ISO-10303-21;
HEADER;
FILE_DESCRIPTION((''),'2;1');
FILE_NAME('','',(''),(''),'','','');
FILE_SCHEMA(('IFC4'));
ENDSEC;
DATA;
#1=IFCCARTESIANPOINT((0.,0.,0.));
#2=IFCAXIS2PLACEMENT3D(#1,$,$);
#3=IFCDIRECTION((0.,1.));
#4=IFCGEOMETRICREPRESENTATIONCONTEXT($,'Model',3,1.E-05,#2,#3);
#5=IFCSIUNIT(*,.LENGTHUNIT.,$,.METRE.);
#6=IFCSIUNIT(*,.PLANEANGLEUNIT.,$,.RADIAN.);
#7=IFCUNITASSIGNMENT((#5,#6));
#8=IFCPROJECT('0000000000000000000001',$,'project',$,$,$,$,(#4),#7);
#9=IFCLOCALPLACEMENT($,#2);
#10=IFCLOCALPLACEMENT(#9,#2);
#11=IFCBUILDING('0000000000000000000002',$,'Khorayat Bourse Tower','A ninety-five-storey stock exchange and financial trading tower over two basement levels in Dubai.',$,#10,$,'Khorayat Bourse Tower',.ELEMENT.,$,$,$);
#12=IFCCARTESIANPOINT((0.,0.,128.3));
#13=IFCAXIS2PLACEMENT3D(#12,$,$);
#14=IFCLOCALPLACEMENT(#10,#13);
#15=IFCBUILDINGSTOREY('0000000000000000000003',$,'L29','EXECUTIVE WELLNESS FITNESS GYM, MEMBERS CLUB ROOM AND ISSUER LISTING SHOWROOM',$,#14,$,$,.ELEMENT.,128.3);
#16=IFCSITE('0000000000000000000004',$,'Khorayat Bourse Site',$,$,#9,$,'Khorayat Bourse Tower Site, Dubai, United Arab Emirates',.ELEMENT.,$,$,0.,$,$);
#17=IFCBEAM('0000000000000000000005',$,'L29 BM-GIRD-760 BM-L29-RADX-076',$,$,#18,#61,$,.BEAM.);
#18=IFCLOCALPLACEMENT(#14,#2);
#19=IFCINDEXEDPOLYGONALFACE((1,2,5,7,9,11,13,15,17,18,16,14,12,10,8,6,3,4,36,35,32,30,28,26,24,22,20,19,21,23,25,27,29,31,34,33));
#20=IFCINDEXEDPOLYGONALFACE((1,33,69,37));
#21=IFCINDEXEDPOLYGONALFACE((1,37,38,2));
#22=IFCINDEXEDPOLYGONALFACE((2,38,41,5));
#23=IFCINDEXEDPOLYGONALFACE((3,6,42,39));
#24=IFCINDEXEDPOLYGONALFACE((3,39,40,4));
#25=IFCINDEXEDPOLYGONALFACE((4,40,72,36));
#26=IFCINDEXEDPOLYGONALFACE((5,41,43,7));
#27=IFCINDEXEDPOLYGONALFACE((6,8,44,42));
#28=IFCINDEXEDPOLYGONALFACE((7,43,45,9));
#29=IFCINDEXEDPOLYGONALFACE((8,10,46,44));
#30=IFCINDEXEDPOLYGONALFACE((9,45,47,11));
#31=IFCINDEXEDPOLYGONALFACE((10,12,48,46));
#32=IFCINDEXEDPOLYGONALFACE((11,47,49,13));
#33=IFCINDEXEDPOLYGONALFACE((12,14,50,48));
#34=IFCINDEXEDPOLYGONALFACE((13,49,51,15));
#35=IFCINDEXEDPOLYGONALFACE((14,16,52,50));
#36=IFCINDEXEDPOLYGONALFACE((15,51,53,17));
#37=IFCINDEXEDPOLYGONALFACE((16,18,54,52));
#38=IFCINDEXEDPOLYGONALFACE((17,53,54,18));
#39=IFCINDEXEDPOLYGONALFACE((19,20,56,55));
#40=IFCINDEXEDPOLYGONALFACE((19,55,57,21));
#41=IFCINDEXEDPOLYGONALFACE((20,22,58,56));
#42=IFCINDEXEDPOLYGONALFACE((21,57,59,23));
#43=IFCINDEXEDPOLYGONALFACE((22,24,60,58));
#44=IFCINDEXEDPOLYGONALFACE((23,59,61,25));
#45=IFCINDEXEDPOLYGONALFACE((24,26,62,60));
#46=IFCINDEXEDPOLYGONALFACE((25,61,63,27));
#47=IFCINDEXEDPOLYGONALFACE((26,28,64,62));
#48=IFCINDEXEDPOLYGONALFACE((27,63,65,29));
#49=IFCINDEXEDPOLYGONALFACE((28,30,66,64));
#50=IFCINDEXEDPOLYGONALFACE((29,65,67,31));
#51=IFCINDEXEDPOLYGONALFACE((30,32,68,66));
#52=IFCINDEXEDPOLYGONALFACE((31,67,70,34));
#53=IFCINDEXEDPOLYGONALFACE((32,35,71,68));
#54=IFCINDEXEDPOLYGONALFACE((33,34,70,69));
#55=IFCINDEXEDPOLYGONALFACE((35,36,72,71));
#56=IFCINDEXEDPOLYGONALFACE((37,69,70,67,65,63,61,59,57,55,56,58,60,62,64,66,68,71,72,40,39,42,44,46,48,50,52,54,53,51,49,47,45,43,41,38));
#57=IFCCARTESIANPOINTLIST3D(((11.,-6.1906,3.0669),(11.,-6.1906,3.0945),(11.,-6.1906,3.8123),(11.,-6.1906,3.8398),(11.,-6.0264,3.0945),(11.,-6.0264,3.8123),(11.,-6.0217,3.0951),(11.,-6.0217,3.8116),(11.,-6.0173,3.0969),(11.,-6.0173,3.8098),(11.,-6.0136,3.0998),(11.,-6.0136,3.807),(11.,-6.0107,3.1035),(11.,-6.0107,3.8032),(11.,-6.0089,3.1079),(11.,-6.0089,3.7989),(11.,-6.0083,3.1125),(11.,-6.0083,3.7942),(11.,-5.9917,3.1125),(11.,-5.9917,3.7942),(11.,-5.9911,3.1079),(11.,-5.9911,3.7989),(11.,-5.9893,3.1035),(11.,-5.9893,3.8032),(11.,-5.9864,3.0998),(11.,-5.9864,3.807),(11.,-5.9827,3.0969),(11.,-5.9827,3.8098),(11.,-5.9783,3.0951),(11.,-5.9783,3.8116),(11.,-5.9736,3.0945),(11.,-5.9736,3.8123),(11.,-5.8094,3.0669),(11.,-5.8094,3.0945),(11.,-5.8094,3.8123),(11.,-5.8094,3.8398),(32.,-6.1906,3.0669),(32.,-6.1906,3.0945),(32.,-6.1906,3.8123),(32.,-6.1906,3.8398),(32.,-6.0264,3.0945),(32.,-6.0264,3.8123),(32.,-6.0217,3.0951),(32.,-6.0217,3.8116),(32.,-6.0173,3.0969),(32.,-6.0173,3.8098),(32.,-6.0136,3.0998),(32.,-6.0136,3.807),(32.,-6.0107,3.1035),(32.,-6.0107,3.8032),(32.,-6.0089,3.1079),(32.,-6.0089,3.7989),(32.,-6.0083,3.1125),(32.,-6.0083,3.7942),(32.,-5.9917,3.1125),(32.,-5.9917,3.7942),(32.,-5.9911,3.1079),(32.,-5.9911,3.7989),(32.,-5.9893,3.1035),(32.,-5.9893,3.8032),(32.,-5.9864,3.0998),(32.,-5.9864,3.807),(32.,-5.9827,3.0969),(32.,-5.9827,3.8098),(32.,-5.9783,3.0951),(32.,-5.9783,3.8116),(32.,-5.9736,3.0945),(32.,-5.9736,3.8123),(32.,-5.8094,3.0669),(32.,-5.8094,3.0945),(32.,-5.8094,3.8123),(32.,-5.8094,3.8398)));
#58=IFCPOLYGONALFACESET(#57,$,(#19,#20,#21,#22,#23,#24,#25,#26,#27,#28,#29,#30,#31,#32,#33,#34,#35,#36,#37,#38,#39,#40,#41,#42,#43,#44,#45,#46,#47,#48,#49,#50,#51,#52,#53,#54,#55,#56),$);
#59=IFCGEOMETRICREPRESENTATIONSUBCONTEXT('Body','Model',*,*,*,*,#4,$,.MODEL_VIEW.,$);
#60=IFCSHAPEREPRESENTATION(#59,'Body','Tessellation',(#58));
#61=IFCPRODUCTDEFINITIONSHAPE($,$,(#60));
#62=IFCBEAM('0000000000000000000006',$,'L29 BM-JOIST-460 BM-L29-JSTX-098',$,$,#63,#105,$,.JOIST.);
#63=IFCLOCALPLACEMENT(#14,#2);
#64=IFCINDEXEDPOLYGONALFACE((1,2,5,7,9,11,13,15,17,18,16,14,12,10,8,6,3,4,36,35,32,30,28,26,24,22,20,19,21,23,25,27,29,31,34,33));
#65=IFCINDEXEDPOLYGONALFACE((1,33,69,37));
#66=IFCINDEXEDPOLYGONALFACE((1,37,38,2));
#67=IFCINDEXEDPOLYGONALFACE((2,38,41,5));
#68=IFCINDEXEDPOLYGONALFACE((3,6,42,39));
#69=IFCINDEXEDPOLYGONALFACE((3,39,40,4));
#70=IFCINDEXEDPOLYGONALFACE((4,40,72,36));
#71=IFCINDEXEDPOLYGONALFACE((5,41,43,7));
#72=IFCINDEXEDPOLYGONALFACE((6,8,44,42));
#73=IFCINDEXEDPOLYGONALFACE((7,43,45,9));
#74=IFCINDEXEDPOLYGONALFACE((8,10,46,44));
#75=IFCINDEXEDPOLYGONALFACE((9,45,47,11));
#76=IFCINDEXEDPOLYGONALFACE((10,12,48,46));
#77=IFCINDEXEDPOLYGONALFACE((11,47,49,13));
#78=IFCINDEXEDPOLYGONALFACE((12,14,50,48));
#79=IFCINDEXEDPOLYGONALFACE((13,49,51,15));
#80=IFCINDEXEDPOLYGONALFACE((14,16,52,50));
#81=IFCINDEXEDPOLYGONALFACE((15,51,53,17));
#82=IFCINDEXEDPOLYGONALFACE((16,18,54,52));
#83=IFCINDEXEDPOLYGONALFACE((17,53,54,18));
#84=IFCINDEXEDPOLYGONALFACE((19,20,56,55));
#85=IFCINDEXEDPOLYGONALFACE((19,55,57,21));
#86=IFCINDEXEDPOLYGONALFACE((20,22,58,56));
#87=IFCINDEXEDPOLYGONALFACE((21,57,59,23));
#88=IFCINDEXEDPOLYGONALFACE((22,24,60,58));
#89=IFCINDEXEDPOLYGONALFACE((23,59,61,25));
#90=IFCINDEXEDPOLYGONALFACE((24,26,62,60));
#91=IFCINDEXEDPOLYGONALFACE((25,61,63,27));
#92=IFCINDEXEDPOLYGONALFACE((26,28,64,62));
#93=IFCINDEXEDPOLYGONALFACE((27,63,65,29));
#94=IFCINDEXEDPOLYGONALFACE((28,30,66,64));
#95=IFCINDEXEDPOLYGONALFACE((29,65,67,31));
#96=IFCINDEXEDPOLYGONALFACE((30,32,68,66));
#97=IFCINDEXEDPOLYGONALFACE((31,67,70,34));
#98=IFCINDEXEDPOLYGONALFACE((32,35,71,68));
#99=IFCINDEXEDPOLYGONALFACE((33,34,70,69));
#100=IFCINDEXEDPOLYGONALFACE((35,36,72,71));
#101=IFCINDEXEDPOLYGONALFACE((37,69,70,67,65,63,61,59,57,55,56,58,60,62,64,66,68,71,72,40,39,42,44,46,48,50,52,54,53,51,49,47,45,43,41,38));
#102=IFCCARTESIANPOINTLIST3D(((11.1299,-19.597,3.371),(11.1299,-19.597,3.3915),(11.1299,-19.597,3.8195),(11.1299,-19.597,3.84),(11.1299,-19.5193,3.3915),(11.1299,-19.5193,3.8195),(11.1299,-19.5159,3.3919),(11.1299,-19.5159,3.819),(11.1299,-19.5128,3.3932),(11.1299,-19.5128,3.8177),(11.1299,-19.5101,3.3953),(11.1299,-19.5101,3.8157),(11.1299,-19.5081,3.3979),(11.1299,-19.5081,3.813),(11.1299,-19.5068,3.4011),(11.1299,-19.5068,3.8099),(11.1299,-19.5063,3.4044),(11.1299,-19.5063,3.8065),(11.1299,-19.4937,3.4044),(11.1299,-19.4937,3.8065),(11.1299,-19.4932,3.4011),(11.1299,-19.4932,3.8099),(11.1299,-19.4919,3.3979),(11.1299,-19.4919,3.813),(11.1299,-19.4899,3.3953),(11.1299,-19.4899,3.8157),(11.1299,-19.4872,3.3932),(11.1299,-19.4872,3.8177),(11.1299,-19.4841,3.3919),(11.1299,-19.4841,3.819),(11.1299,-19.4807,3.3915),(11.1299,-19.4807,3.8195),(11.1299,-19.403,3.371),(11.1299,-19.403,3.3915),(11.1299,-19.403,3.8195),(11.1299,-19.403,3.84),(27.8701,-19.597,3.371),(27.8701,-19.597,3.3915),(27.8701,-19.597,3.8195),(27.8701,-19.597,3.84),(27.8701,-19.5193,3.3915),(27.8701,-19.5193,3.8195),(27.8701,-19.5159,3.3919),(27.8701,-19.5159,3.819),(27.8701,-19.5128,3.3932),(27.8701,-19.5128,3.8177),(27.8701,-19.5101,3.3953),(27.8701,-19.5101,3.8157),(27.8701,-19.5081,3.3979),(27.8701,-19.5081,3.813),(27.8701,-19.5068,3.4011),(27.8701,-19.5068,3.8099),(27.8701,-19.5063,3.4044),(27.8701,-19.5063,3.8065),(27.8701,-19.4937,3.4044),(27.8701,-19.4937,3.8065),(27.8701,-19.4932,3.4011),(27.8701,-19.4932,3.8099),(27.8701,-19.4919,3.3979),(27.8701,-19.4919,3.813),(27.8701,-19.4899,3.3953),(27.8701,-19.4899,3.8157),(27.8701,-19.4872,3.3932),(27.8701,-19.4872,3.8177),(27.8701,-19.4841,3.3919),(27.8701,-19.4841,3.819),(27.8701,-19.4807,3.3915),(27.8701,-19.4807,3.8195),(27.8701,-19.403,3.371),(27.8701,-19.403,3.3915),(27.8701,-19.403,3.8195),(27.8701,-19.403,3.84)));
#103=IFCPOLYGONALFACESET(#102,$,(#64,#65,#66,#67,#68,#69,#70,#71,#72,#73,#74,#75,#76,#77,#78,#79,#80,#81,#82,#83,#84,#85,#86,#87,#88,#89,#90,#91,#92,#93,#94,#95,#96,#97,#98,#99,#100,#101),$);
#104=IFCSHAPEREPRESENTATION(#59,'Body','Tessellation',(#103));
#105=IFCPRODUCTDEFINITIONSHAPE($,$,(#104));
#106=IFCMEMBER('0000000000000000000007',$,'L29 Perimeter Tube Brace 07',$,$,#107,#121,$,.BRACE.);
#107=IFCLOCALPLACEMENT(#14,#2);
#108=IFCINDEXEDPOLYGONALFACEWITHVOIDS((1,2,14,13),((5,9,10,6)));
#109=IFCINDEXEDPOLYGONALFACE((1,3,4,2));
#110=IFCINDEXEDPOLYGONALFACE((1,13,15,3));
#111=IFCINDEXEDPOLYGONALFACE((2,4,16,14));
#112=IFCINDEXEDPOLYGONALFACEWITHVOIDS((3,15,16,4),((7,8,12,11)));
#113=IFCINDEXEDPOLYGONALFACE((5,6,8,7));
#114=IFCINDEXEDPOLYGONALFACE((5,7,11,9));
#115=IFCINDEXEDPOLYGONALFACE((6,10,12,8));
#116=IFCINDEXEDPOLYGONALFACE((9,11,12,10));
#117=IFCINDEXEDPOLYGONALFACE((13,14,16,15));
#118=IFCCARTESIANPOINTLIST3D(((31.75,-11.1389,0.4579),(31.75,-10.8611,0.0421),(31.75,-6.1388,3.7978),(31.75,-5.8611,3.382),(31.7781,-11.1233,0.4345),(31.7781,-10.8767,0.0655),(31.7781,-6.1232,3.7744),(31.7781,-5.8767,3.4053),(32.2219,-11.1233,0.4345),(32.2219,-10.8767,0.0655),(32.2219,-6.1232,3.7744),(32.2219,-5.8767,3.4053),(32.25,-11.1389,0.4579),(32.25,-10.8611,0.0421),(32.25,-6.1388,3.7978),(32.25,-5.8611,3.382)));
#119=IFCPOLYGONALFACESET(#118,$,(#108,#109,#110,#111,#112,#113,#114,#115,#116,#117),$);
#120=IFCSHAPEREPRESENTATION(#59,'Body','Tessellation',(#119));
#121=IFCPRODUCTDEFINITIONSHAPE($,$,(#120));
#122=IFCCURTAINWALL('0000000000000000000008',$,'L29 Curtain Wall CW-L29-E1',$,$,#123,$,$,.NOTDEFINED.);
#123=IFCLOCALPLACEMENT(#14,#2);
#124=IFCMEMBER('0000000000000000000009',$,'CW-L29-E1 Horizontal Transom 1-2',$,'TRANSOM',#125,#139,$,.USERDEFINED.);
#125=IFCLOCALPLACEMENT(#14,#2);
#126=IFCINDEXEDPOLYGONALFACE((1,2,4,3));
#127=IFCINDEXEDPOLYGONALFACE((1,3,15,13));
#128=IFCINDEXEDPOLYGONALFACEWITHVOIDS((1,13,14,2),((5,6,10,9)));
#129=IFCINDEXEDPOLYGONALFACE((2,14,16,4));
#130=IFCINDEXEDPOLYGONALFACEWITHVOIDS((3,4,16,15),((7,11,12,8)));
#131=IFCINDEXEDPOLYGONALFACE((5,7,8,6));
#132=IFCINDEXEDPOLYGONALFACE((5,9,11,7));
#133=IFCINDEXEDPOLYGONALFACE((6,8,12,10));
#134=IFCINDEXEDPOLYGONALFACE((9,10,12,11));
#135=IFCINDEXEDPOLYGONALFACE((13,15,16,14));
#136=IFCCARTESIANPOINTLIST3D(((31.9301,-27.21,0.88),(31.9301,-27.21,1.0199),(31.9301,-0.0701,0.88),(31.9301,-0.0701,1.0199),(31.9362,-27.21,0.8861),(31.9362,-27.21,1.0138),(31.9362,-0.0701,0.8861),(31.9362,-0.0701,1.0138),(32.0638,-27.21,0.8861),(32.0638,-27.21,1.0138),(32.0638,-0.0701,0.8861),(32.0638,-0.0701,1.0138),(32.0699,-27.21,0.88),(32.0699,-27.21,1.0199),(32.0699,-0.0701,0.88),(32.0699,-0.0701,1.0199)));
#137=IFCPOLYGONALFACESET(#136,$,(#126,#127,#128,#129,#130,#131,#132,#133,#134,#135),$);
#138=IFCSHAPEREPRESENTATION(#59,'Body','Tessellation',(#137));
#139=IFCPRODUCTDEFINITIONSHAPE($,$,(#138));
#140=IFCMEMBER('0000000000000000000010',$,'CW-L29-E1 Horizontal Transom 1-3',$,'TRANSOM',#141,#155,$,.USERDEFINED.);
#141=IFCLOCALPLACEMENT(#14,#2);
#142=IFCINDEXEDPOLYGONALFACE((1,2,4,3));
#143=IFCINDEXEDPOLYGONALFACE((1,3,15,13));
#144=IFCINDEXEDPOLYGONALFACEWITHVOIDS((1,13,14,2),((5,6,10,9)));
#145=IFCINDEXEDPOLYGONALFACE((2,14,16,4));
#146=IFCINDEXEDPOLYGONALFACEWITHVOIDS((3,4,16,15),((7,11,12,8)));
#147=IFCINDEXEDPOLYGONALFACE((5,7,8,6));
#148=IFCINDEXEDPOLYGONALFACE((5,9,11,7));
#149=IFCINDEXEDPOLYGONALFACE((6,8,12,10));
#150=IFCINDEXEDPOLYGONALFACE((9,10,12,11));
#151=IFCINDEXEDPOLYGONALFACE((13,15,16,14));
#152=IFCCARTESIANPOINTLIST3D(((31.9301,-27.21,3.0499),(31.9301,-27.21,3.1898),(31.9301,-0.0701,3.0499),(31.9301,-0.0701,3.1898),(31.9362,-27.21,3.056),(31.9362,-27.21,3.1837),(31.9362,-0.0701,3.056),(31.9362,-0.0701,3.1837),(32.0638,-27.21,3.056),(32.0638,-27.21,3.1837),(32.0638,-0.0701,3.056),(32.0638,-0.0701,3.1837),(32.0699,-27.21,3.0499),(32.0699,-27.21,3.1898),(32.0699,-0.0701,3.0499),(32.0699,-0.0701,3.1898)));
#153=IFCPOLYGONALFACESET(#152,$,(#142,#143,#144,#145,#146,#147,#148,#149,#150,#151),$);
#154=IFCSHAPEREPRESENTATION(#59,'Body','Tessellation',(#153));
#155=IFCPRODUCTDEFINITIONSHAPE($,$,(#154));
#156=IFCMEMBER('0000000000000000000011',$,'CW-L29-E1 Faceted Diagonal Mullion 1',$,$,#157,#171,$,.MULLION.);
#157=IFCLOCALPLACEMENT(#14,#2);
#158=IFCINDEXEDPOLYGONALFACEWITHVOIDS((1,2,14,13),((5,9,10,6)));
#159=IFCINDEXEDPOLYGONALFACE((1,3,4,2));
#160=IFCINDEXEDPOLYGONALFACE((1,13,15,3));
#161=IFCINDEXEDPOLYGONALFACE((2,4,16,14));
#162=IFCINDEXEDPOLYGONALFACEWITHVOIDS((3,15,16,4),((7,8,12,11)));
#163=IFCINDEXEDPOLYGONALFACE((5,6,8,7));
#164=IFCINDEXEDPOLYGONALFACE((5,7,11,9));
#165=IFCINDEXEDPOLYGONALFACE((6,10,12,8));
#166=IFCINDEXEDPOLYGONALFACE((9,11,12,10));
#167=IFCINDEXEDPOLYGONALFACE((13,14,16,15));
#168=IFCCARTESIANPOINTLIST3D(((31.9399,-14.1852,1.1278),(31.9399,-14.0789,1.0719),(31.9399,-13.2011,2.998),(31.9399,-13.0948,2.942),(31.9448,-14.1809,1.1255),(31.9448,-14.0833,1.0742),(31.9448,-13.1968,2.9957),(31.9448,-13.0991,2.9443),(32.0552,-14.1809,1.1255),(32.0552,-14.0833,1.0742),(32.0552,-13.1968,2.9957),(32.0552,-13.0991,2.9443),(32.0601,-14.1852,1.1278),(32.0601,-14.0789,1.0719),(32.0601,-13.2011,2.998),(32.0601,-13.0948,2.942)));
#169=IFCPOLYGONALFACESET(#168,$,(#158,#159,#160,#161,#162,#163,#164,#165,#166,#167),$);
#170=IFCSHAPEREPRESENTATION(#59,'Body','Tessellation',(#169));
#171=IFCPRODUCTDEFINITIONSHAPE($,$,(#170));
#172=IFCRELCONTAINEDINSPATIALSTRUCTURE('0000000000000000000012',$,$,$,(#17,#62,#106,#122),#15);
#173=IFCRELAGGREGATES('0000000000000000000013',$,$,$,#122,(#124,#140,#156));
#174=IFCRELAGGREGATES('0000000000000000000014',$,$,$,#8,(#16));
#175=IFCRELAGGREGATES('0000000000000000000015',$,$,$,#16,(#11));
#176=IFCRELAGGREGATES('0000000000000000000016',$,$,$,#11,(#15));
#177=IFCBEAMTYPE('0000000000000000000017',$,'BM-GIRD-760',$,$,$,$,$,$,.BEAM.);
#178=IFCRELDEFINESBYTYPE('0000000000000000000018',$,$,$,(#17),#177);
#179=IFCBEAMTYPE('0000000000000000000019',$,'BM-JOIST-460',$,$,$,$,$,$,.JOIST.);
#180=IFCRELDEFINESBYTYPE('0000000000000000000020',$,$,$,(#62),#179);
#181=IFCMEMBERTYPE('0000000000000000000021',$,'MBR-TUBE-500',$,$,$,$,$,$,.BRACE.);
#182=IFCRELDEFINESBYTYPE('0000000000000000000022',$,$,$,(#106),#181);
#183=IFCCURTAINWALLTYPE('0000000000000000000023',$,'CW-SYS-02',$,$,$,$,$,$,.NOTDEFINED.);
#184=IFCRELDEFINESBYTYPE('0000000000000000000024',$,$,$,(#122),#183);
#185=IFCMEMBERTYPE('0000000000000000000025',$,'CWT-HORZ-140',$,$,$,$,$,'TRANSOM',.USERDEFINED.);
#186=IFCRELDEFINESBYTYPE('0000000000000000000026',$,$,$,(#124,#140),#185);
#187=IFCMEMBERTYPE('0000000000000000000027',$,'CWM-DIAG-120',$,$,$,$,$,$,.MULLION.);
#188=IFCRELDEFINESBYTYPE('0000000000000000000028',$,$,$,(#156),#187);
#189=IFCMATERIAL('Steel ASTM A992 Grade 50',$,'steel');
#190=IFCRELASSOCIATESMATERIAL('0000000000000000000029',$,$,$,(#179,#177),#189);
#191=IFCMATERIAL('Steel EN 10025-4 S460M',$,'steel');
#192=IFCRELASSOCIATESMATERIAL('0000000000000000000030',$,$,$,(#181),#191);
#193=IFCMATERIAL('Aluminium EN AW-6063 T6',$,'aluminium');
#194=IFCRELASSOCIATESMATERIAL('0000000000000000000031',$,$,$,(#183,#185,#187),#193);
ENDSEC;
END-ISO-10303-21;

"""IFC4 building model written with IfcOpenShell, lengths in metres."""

from ifc_helpers import new_model, si_unit, direction, frame, origin, origin_2d, place, context, subcontext, project, spatial, hollow_rectangle, i_section, extrude, source, transform, mapped, material, material_profile, profile_set, type_object, element, aggregate, save


model = new_model("IFC4")

# Units and contexts
model_context = context("Model", 3, precision=1e-05, world=origin(), true_north=direction((0.0, 1.0)))
body_context = subcontext(model_context, "Body", "Model", "MODEL_VIEW")
ifc_project = project(units=[si_unit("LENGTHUNIT", "METRE"), si_unit("PLANEANGLEUNIT", "RADIAN")], contexts=[model_context])

# Site, building, storey
site_placement = place(None, origin())
site = spatial("IfcSite", under=ifc_project, at=site_placement, Name="Khorayat Bourse Site", LongName="Khorayat Bourse Tower Site, Dubai, United Arab Emirates", CompositionType="ELEMENT", RefElevation=0.0)
building_placement = place(site_placement, origin())
building = spatial("IfcBuilding", under=site, at=building_placement, Name="Khorayat Bourse Tower", Description="A ninety-five-storey stock exchange and financial trading tower over two basement levels in Dubai.", LongName="Khorayat Bourse Tower", CompositionType="ELEMENT")
storey_placement = place(building_placement, frame((0.0, 0.0, 128.3)))
storey = spatial("IfcBuildingStorey", under=building, at=storey_placement, Name="L29", Description="EXECUTIVE WELLNESS FITNESS GYM, MEMBERS CLUB ROOM AND ISSUER LISTING SHOWROOM", CompositionType="ELEMENT", Elevation=128.3)

# Shared definitions
ifc_material_1 = material(Name="Steel EN 10025-4 S460M", Category="steel")

# Beams
ifc_material_2 = material(Name="Steel ASTM A992 Grade 50", Category="steel")
ifc_material_profile_1 = material_profile(ifc_material_2, i_section(OverallWidth=0.1941, OverallDepth=0.469, WebThickness=0.0127, FlangeThickness=0.0205, FilletRadius=0.0129, at=origin_2d()), Name="W460X106")
ifc_profile_set_1 = profile_set([ifc_material_profile_1], Name="Steel ASTM A992 Grade 50")
beam_type_1 = type_object("IfcBeamType", Name="BM-JOIST-460", PredefinedType="JOIST", material=ifc_profile_set_1)
ifc_material_profile_2 = material_profile(ifc_material_2, i_section(OverallWidth=0.3811, OverallDepth=0.7729, WebThickness=0.0166, FlangeThickness=0.0276, FilletRadius=0.0181, at=origin_2d()), Name="W760X257")
ifc_profile_set_2 = profile_set([ifc_material_profile_2], Name="Steel ASTM A992 Grade 50")
beam_type_2 = type_object("IfcBeamType", Name="BM-GIRD-760", PredefinedType="BEAM", material=ifc_profile_set_2)
shared_shape_1 = source(origin(), body_context, "Body", "SweptSolid", [
    extrude(i_section(OverallWidth=0.3811, OverallDepth=0.7729, WebThickness=0.0166, FlangeThickness=0.0276, FilletRadius=0.0181, at=origin_2d()), origin(), (0.0, 0.0, 1.0), 21.0),
])
beam_1_placement = place(storey_placement, frame((11.0, -6.0, 3.4534), z_axis=(1.0, 0.0, 0.0), x_axis=(0.0, 1.0, 0.0)))
element("IfcBeam", 1, at=beam_1_placement, inside=storey, type_object=beam_type_2, Name="L29 BM-GIRD-760 BM-L29-RADX-076", PredefinedType="BEAM", context=body_context, shape_type="MappedRepresentation", body=[
    mapped(shared_shape_1, transform((0.0, 0.0, 0.0), scale=1.0)),
])
shared_shape_2 = source(origin(), body_context, "Body", "SweptSolid", [
    extrude(i_section(OverallWidth=0.1941, OverallDepth=0.469, WebThickness=0.0127, FlangeThickness=0.0205, FilletRadius=0.0129, at=origin_2d()), origin(), (0.0, 0.0, 1.0), 16.7402),
])
beam_2_placement = place(storey_placement, frame((11.1299, -19.5, 3.6055), z_axis=(1.0, 0.0, 0.0), x_axis=(0.0, 1.0, 0.0)))
element("IfcBeam", 2, at=beam_2_placement, inside=storey, type_object=beam_type_1, Name="L29 BM-JOIST-460 BM-L29-JSTX-098", PredefinedType="JOIST", context=body_context, shape_type="MappedRepresentation", body=[
    mapped(shared_shape_2, transform((0.0, 0.0, 0.0), scale=1.0)),
])

# Member
ifc_material_profile_3 = material_profile(ifc_material_1, hollow_rectangle(XDim=0.5, YDim=0.5, WallThickness=0.0281, at=origin_2d()), Name="HSS 500x500x28")
ifc_profile_set_3 = profile_set([ifc_material_profile_3], Name="Steel EN 10025-4 S460M")
member_type_1 = type_object("IfcMemberType", Name="MBR-TUBE-500", PredefinedType="BRACE", material=ifc_profile_set_3)
shared_shape_3 = source(origin(), body_context, "Body", "SweptSolid", [
    extrude(hollow_rectangle(XDim=0.5, YDim=0.5, WallThickness=0.0281, at=origin_2d()), origin(), (0.0, 0.0, 1.0), 6.0129),
])
member_1_placement = place(storey_placement, frame((32.0, -11.0, 0.25), z_axis=(0.0, 0.83155, 0.55545), x_axis=(-1.0, 0.0, 0.0)))
element("IfcMember", 3, at=member_1_placement, inside=storey, type_object=member_type_1, Name="L29 Perimeter Tube Brace 07", PredefinedType="BRACE", context=body_context, shape_type="MappedRepresentation", body=[
    mapped(shared_shape_3, transform((0.0, 0.0, 0.0), scale=1.0)),
])

# Curtain wall, members
ifc_material_3 = material(Name="Aluminium EN AW-6063 T6", Category="aluminium")
curtain_wall_type = type_object("IfcCurtainWallType", Name="CW-SYS-02", PredefinedType="NOTDEFINED", material=ifc_material_3)
curtain_wall_placement = place(storey_placement, origin())
curtain_wall = element("IfcCurtainWall", 4, at=curtain_wall_placement, inside=storey, type_object=curtain_wall_type, Name="L29 Curtain Wall CW-L29-E1", PredefinedType="NOTDEFINED")
ifc_material_profile_4 = material_profile(ifc_material_3, hollow_rectangle(XDim=0.1399, YDim=0.1399, WallThickness=0.0061, at=origin_2d()), Name="ALU 140x140x6")
ifc_profile_set_4 = profile_set([ifc_material_profile_4], Name="Aluminium EN AW-6063 T6")
member_type_2 = type_object("IfcMemberType", Name="CWT-HORZ-140", ElementType="TRANSOM", PredefinedType="USERDEFINED", material=ifc_profile_set_4)
shared_shape_4 = source(origin(), body_context, "Body", "SweptSolid", [
    extrude(hollow_rectangle(XDim=0.1399, YDim=0.1399, WallThickness=0.0061, at=origin_2d()), origin(), (0.0, 0.0, 1.0), 27.1399),
])
member_2_placement = place(storey_placement, frame((32.0, -27.21, 0.95), z_axis=(0.0, 1.0, 0.0), x_axis=(-1.0, 0.0, 0.0)))
member_2 = element("IfcMember", 5, at=member_2_placement, type_object=member_type_2, Name="CW-L29-E1 Horizontal Transom 1-2", ObjectType="TRANSOM", PredefinedType="USERDEFINED", context=body_context, shape_type="MappedRepresentation", body=[
    mapped(shared_shape_4, transform((0.0, 0.0, 0.0), scale=1.0)),
])
member_3_placement = place(storey_placement, frame((32.0, -27.21, 3.1199), z_axis=(0.0, 1.0, 0.0), x_axis=(-1.0, 0.0, 0.0)))
member_3 = element("IfcMember", 6, at=member_3_placement, type_object=member_type_2, Name="CW-L29-E1 Horizontal Transom 1-3", ObjectType="TRANSOM", PredefinedType="USERDEFINED", context=body_context, shape_type="MappedRepresentation", body=[
    mapped(shared_shape_4, transform((0.0, 0.0, 0.0), scale=1.0)),
])
ifc_material_profile_5 = material_profile(ifc_material_3, hollow_rectangle(XDim=0.1201, YDim=0.1201, WallThickness=0.0049, at=origin_2d()), Name="ALU 120x120x5")
ifc_profile_set_5 = profile_set([ifc_material_profile_5], Name="Aluminium EN AW-6063 T6")
member_type_3 = type_object("IfcMemberType", Name="CWM-DIAG-120", PredefinedType="MULLION", material=ifc_profile_set_5)
shared_shape_5 = source(origin(), body_context, "Body", "SweptSolid", [
    extrude(hollow_rectangle(XDim=0.1201, YDim=0.1201, WallThickness=0.0049, at=origin_2d()), origin(), (0.0, 0.0, 1.0), 2.1133),
])
member_4_placement = place(storey_placement, frame((32.0, -14.1321, 1.0999), z_axis=(0.0, 0.465694, 0.884946), x_axis=(-1.0, 0.0, 0.0)))
member_4 = element("IfcMember", 7, at=member_4_placement, type_object=member_type_3, Name="CW-L29-E1 Faceted Diagonal Mullion 1", PredefinedType="MULLION", context=body_context, shape_type="MappedRepresentation", body=[
    mapped(shared_shape_5, transform((0.0, 0.0, 0.0), scale=1.0)),
])

aggregate(curtain_wall, [member_2, member_3, member_4])

save(model, "model.ifc")
